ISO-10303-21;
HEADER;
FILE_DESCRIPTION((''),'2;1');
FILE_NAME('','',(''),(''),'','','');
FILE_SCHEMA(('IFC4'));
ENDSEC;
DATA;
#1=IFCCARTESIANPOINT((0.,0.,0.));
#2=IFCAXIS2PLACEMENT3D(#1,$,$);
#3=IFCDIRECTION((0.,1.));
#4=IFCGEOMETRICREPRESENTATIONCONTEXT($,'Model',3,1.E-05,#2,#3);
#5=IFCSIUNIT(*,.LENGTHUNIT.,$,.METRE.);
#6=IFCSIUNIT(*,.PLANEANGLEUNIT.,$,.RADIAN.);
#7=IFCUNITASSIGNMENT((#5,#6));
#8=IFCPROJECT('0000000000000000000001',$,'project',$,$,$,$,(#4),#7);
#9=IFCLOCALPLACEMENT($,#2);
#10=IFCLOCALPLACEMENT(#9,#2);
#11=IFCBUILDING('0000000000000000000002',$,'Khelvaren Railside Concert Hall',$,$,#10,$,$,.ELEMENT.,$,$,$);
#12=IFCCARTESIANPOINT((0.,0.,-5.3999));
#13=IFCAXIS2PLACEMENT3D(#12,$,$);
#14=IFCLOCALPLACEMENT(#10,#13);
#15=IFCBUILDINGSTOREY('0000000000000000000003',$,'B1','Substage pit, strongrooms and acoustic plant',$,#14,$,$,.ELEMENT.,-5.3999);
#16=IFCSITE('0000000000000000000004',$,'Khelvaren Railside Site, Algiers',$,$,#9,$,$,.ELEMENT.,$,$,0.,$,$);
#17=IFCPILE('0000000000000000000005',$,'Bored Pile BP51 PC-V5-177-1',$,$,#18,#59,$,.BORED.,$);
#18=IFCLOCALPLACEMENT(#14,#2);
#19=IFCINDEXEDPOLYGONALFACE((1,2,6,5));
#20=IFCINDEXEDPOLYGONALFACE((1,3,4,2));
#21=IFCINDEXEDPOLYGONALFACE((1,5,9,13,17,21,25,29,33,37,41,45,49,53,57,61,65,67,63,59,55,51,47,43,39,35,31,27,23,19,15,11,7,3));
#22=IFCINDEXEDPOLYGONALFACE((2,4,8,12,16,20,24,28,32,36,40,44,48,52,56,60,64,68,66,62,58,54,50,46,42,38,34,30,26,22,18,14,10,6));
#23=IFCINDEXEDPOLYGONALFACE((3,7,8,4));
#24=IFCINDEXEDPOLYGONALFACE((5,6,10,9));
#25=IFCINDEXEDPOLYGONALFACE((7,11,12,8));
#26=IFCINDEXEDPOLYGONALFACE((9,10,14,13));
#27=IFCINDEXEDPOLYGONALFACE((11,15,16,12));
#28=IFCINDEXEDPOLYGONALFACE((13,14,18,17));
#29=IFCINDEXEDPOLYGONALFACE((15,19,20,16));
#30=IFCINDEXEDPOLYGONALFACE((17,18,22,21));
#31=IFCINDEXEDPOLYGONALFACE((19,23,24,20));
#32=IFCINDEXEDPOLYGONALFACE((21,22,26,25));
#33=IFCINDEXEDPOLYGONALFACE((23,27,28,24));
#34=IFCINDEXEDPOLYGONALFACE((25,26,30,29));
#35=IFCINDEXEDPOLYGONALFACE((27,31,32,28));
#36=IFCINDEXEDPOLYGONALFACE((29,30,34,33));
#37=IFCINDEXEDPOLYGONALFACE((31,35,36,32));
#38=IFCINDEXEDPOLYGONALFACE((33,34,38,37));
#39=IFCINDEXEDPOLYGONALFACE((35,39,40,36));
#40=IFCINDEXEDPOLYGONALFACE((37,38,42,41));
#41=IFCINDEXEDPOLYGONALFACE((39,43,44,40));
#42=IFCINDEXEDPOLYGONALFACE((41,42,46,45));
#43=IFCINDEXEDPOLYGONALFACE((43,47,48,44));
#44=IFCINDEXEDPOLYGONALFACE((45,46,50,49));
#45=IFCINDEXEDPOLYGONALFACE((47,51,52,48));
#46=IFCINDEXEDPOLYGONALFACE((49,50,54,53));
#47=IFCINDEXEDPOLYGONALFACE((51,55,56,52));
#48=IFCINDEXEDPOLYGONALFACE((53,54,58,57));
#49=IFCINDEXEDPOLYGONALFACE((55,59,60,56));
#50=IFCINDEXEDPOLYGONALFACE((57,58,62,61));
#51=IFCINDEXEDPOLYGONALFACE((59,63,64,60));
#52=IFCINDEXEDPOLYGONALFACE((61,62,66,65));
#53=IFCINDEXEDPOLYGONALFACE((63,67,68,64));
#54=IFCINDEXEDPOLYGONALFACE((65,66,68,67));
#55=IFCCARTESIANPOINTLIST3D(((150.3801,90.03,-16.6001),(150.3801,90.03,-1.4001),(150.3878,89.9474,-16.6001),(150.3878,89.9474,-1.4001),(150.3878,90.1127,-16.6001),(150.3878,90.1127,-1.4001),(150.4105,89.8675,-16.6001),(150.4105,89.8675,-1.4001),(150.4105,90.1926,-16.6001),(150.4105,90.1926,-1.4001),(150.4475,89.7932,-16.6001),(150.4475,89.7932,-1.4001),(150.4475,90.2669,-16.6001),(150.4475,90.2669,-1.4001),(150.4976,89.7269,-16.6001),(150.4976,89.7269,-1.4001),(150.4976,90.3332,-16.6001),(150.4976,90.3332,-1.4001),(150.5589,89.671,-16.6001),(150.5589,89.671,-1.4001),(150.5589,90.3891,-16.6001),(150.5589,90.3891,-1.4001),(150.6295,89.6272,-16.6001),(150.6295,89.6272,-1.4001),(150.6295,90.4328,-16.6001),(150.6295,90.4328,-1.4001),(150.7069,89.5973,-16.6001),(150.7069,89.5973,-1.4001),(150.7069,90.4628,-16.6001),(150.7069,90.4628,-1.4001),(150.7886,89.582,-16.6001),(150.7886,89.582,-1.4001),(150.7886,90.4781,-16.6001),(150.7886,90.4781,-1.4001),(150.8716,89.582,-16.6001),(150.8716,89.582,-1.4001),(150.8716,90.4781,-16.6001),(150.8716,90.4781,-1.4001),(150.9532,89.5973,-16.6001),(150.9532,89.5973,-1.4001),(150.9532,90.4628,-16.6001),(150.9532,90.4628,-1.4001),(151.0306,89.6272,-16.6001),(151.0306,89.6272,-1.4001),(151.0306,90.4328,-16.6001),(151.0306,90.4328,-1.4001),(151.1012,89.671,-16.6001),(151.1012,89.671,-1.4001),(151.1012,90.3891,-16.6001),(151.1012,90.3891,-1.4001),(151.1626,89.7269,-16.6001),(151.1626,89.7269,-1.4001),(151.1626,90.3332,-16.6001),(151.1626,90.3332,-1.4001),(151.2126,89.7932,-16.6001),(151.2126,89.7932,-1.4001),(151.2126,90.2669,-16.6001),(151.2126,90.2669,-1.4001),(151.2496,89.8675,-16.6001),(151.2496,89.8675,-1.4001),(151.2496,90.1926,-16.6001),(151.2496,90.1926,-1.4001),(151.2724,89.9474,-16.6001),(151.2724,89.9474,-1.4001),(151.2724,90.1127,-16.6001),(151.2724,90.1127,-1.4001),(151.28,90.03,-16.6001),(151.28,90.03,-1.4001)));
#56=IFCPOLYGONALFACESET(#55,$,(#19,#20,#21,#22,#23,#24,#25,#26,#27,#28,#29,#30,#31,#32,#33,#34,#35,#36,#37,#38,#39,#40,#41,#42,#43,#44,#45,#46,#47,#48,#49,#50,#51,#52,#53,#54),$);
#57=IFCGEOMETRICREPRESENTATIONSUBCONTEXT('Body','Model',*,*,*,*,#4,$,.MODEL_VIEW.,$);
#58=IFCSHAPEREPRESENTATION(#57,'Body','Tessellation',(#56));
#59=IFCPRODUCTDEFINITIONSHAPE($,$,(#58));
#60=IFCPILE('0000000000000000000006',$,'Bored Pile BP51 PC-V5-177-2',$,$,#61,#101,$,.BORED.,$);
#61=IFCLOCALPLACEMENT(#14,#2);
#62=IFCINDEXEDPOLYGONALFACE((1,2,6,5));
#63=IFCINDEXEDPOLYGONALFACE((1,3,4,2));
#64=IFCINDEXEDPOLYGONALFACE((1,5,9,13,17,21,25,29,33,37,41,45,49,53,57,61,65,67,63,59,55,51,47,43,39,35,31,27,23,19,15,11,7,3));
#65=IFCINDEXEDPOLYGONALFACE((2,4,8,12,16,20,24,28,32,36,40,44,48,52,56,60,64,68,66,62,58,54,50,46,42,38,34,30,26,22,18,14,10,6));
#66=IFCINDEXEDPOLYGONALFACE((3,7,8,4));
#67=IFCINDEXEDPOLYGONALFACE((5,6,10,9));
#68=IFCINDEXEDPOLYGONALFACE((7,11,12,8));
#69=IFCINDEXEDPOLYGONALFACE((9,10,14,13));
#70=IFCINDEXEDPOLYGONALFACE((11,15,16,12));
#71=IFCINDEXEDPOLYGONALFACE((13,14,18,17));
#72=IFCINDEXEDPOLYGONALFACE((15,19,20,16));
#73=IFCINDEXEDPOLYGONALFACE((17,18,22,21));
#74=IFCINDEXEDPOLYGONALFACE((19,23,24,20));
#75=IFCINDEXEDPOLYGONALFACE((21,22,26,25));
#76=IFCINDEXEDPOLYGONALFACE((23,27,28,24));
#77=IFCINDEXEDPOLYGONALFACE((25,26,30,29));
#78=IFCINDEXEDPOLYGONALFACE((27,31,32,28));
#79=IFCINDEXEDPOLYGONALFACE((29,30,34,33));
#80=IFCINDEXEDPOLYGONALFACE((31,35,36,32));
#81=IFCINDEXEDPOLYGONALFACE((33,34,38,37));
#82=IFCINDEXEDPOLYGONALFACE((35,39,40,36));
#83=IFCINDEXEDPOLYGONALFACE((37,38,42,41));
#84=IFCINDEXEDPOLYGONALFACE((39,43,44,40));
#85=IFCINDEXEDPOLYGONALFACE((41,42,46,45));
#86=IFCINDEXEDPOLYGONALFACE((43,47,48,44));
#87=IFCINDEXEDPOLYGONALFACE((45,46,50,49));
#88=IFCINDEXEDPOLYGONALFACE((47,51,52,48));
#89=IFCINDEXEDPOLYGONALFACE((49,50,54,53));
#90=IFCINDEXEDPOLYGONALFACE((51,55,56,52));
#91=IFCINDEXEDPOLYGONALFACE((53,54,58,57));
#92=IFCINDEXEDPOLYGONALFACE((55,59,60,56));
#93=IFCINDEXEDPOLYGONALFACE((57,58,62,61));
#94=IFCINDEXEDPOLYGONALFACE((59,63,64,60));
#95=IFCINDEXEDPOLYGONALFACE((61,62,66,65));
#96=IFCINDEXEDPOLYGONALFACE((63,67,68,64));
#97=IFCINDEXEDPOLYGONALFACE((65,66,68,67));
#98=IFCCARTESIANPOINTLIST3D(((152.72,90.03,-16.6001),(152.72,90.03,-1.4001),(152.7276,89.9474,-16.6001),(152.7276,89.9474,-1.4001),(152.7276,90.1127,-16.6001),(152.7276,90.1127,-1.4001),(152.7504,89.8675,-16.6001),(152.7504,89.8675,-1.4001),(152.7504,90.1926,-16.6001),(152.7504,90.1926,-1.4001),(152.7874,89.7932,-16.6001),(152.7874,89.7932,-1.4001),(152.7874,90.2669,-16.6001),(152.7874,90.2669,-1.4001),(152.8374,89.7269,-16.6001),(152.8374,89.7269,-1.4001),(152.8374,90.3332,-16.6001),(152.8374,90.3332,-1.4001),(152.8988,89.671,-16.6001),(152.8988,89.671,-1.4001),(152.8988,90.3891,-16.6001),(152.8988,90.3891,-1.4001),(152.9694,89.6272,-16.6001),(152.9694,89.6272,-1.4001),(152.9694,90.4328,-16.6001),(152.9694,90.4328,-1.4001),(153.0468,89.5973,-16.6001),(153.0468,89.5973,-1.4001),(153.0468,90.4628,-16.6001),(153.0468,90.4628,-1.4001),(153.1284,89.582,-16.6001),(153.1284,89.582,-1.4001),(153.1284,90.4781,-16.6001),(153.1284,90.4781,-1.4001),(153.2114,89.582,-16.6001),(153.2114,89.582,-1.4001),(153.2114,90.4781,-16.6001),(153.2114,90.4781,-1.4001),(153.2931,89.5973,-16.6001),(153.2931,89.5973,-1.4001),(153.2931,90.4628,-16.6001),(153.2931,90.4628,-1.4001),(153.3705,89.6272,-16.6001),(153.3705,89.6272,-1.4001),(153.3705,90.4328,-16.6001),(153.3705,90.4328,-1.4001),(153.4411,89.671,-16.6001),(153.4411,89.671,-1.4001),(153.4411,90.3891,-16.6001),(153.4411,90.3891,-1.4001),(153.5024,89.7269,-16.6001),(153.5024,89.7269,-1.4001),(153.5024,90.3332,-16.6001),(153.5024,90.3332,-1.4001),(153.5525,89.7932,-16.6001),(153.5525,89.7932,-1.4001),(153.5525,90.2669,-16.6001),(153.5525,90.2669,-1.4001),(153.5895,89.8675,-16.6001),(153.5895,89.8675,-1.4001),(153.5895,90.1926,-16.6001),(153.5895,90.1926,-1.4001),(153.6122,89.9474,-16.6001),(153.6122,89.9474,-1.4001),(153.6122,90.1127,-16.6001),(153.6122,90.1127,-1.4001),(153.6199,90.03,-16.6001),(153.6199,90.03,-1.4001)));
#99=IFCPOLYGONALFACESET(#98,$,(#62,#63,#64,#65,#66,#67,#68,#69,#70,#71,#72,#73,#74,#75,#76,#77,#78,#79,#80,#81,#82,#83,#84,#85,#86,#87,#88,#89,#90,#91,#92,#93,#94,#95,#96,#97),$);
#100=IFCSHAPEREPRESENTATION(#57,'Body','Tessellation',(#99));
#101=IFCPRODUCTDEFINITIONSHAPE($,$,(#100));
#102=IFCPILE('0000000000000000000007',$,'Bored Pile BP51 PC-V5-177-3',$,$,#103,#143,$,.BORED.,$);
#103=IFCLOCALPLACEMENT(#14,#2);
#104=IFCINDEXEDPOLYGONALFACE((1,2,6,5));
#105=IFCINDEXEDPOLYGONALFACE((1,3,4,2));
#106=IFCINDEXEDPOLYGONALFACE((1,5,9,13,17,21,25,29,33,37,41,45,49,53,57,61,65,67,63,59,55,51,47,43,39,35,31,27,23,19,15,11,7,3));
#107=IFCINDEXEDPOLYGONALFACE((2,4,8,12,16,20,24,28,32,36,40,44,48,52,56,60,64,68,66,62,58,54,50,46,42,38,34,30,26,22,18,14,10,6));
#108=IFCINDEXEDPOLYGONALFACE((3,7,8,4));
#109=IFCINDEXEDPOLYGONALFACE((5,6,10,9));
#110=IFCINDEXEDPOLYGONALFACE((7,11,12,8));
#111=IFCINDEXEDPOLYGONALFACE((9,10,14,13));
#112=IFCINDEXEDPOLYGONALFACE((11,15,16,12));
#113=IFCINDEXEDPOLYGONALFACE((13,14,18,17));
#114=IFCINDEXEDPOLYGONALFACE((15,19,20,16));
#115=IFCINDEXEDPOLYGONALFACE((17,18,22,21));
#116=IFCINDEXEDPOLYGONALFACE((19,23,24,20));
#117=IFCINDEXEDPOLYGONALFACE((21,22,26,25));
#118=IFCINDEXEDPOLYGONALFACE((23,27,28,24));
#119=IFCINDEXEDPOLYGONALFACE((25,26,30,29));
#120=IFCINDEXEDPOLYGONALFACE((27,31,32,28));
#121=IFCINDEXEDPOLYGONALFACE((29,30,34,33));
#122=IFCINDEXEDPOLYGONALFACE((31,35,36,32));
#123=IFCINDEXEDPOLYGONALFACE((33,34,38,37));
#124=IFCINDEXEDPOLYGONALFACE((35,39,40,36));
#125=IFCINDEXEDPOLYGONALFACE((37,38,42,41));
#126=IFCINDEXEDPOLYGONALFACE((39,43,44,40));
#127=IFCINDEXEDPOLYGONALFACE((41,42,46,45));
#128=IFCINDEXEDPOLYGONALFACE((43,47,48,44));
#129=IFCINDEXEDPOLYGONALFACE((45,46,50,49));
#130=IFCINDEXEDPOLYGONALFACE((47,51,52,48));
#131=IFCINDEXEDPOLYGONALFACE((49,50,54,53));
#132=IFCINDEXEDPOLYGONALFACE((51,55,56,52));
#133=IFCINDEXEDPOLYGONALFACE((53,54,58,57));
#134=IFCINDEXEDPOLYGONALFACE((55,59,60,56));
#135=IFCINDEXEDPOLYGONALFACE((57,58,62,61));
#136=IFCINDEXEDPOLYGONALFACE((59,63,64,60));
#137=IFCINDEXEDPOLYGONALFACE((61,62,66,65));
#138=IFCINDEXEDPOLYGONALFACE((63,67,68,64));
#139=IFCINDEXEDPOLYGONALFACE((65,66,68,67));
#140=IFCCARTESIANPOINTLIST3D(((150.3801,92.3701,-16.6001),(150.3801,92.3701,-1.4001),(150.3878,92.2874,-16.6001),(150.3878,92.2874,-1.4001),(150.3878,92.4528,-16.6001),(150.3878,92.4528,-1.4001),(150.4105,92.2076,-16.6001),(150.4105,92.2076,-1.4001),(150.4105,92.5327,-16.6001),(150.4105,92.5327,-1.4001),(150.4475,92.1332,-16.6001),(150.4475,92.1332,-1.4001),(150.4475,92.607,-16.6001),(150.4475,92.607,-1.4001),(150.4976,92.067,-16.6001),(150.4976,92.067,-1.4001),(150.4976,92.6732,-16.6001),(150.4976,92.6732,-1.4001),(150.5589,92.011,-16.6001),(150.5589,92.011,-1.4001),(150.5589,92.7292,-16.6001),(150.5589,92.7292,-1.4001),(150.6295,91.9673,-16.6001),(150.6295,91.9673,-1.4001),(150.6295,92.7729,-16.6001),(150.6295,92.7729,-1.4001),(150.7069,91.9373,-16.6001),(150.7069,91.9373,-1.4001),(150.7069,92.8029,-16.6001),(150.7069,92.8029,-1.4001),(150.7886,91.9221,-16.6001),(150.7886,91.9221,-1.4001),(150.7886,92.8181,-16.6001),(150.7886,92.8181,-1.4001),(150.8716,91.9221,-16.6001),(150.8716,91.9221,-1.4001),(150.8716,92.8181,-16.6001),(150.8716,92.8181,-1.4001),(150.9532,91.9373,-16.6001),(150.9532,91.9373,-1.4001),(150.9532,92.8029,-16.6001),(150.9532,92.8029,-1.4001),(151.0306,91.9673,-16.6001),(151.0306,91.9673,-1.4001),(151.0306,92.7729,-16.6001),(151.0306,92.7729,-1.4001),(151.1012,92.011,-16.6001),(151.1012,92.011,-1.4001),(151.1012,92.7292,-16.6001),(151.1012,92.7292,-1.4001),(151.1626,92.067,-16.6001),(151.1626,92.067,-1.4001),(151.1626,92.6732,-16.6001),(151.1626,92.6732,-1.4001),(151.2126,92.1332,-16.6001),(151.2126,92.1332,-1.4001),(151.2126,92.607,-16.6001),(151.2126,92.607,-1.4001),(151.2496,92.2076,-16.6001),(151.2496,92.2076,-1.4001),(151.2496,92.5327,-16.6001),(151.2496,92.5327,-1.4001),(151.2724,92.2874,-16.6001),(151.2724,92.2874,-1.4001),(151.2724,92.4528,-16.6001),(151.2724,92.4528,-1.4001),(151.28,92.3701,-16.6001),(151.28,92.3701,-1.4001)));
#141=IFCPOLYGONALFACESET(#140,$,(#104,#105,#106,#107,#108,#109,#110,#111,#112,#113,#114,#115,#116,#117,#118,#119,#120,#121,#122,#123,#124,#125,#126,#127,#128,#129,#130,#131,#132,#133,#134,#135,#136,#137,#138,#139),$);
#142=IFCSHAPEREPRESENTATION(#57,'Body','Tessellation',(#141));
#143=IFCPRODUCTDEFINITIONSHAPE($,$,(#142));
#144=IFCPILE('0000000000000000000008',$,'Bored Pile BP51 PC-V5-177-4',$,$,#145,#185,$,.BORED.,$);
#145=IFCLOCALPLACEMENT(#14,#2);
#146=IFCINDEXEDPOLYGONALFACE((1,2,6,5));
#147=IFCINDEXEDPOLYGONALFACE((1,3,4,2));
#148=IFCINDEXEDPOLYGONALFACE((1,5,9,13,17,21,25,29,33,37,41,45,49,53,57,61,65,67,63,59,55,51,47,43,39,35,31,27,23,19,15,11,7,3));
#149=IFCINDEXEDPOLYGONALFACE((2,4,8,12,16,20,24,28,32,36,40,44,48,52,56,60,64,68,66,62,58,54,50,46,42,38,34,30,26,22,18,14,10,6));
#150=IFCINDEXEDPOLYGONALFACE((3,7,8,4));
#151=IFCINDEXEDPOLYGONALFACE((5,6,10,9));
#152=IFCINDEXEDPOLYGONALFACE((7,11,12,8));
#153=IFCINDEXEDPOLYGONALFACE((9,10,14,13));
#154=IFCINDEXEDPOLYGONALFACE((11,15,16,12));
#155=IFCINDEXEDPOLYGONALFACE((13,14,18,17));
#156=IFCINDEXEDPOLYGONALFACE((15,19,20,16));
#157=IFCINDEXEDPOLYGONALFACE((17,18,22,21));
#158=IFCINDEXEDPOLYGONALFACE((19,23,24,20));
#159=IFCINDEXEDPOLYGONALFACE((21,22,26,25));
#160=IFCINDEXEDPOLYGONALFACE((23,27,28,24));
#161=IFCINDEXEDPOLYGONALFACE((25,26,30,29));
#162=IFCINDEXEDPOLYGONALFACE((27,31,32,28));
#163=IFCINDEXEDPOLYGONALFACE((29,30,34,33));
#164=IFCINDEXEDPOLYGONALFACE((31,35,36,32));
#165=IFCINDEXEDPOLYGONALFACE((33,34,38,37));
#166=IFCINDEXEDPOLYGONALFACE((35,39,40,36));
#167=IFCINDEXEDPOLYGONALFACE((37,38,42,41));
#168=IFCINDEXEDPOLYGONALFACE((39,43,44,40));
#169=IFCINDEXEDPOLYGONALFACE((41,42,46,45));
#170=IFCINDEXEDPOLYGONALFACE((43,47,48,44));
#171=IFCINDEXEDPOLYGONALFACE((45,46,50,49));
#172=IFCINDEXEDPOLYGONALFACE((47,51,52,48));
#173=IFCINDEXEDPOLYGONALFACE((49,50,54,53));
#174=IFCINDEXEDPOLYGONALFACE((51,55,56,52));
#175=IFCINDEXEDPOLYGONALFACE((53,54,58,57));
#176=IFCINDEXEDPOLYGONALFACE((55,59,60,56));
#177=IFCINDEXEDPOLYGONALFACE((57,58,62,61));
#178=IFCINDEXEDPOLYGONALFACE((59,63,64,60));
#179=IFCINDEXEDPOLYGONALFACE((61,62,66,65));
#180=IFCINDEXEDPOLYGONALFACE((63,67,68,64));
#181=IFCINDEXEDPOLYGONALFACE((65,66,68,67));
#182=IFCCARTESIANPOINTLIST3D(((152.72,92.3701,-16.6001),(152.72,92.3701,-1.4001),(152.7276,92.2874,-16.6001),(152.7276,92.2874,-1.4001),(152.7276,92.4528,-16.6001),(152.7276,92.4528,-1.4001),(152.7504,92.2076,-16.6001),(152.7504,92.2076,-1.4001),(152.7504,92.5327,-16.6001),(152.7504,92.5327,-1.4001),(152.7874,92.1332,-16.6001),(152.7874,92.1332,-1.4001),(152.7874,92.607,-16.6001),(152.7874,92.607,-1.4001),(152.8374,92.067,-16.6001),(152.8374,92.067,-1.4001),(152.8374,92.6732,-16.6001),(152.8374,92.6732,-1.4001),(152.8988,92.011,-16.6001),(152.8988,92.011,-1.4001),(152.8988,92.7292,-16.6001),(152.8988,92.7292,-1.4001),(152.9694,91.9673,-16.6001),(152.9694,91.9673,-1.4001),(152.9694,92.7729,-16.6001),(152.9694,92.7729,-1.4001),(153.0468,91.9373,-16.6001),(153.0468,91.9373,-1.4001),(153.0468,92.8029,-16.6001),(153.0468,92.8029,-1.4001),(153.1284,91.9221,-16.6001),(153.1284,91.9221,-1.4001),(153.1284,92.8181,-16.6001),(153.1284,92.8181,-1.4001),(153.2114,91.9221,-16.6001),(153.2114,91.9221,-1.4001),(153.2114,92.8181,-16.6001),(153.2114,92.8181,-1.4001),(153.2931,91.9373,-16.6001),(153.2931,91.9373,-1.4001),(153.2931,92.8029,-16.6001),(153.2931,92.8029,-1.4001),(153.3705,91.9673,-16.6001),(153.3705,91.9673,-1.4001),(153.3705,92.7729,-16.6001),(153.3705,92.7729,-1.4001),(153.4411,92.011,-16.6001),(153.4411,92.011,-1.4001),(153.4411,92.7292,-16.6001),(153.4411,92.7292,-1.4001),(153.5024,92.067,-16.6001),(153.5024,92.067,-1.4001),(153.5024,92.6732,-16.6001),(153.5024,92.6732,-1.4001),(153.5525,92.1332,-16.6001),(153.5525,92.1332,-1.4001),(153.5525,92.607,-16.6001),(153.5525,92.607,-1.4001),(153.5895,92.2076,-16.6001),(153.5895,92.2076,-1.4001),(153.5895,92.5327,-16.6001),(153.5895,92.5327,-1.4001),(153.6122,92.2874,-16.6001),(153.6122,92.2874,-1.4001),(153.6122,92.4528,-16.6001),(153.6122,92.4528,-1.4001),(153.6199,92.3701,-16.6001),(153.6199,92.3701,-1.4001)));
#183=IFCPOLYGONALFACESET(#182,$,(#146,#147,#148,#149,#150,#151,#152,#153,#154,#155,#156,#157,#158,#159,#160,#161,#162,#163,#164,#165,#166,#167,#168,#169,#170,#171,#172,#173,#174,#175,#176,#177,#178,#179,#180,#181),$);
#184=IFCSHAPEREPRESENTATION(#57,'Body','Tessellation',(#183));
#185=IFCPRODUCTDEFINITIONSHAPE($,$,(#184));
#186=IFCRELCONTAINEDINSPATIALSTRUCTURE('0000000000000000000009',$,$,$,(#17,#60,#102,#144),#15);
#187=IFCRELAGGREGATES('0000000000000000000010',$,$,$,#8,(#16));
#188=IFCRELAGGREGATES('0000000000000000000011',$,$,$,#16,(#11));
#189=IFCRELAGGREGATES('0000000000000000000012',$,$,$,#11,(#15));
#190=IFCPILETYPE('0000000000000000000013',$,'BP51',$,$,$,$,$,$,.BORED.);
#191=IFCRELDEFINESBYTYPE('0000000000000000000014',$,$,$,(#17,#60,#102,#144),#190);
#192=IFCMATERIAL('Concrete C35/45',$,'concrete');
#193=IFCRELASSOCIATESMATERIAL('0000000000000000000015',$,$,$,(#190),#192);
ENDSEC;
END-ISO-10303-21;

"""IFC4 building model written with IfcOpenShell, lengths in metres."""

from ifc_helpers import new_model, si_unit, direction, frame, origin, origin_2d, place, context, subcontext, project, spatial, circle, extrude, material, material_profile, profile_set, type_object, element, save


model = new_model("IFC4")

# Units and contexts
model_context = context("Model", 3, precision=1e-05, world=origin(), true_north=direction((0.0, 1.0)))
body_context = subcontext(model_context, "Body", "Model", "MODEL_VIEW")
ifc_project = project(units=[si_unit("LENGTHUNIT", "METRE"), si_unit("PLANEANGLEUNIT", "RADIAN")], contexts=[model_context])

# Site, building, storey
site_placement = place(None, origin())
site = spatial("IfcSite", under=ifc_project, at=site_placement, Name="Khelvaren Railside Site, Algiers", CompositionType="ELEMENT", RefElevation=0.0)
building_placement = place(site_placement, origin())
building = spatial("IfcBuilding", under=site, at=building_placement, Name="Khelvaren Railside Concert Hall", CompositionType="ELEMENT")
storey_placement = place(building_placement, frame((0.0, 0.0, -5.3999)))
storey = spatial("IfcBuildingStorey", under=building, at=storey_placement, Name="B1", Description="Substage pit, strongrooms and acoustic plant", CompositionType="ELEMENT", Elevation=-5.3999)

# Piles
ifc_material_1 = material(Name="Concrete C35/45", Category="concrete")
ifc_material_profile_1 = material_profile(ifc_material_1, circle(Radius=0.45, at=origin_2d()), Name="BP D900")
ifc_profile_set_1 = profile_set([ifc_material_profile_1], Name="Concrete C35/45")
pile_type_1 = type_object("IfcPileType", Name="BP51", PredefinedType="BORED", material=ifc_profile_set_1)
for number, where, z_axis, x_axis, name in (
    (1, (150.8301, 90.03, -1.4001), (0.0, 0.0, -1.0), (1.0, 0.0, 0.0), "Bored Pile BP51 PC-V5-177-1"),
    (2, (153.1699, 90.03, -1.4001), (0.0, 0.0, -1.0), (1.0, 0.0, 0.0), "Bored Pile BP51 PC-V5-177-2"),
    (3, (150.8301, 92.3701, -1.4001), (0.0, 0.0, -1.0), (1.0, 0.0, 0.0), "Bored Pile BP51 PC-V5-177-3"),
    (4, (153.1699, 92.3701, -1.4001), (0.0, 0.0, -1.0), (1.0, 0.0, 0.0), "Bored Pile BP51 PC-V5-177-4"),
):
    element("IfcPile", number, at=place(storey_placement, frame(where, z_axis=z_axis, x_axis=x_axis)), inside=storey, type_object=pile_type_1, Name=name, PredefinedType="BORED", context=body_context, shape_type="SweptSolid", body=[
        extrude(circle(Radius=0.45, at=origin_2d()), origin(), (0.0, 0.0, 1.0), 15.2),
    ])

save(model, "model.ifc")
